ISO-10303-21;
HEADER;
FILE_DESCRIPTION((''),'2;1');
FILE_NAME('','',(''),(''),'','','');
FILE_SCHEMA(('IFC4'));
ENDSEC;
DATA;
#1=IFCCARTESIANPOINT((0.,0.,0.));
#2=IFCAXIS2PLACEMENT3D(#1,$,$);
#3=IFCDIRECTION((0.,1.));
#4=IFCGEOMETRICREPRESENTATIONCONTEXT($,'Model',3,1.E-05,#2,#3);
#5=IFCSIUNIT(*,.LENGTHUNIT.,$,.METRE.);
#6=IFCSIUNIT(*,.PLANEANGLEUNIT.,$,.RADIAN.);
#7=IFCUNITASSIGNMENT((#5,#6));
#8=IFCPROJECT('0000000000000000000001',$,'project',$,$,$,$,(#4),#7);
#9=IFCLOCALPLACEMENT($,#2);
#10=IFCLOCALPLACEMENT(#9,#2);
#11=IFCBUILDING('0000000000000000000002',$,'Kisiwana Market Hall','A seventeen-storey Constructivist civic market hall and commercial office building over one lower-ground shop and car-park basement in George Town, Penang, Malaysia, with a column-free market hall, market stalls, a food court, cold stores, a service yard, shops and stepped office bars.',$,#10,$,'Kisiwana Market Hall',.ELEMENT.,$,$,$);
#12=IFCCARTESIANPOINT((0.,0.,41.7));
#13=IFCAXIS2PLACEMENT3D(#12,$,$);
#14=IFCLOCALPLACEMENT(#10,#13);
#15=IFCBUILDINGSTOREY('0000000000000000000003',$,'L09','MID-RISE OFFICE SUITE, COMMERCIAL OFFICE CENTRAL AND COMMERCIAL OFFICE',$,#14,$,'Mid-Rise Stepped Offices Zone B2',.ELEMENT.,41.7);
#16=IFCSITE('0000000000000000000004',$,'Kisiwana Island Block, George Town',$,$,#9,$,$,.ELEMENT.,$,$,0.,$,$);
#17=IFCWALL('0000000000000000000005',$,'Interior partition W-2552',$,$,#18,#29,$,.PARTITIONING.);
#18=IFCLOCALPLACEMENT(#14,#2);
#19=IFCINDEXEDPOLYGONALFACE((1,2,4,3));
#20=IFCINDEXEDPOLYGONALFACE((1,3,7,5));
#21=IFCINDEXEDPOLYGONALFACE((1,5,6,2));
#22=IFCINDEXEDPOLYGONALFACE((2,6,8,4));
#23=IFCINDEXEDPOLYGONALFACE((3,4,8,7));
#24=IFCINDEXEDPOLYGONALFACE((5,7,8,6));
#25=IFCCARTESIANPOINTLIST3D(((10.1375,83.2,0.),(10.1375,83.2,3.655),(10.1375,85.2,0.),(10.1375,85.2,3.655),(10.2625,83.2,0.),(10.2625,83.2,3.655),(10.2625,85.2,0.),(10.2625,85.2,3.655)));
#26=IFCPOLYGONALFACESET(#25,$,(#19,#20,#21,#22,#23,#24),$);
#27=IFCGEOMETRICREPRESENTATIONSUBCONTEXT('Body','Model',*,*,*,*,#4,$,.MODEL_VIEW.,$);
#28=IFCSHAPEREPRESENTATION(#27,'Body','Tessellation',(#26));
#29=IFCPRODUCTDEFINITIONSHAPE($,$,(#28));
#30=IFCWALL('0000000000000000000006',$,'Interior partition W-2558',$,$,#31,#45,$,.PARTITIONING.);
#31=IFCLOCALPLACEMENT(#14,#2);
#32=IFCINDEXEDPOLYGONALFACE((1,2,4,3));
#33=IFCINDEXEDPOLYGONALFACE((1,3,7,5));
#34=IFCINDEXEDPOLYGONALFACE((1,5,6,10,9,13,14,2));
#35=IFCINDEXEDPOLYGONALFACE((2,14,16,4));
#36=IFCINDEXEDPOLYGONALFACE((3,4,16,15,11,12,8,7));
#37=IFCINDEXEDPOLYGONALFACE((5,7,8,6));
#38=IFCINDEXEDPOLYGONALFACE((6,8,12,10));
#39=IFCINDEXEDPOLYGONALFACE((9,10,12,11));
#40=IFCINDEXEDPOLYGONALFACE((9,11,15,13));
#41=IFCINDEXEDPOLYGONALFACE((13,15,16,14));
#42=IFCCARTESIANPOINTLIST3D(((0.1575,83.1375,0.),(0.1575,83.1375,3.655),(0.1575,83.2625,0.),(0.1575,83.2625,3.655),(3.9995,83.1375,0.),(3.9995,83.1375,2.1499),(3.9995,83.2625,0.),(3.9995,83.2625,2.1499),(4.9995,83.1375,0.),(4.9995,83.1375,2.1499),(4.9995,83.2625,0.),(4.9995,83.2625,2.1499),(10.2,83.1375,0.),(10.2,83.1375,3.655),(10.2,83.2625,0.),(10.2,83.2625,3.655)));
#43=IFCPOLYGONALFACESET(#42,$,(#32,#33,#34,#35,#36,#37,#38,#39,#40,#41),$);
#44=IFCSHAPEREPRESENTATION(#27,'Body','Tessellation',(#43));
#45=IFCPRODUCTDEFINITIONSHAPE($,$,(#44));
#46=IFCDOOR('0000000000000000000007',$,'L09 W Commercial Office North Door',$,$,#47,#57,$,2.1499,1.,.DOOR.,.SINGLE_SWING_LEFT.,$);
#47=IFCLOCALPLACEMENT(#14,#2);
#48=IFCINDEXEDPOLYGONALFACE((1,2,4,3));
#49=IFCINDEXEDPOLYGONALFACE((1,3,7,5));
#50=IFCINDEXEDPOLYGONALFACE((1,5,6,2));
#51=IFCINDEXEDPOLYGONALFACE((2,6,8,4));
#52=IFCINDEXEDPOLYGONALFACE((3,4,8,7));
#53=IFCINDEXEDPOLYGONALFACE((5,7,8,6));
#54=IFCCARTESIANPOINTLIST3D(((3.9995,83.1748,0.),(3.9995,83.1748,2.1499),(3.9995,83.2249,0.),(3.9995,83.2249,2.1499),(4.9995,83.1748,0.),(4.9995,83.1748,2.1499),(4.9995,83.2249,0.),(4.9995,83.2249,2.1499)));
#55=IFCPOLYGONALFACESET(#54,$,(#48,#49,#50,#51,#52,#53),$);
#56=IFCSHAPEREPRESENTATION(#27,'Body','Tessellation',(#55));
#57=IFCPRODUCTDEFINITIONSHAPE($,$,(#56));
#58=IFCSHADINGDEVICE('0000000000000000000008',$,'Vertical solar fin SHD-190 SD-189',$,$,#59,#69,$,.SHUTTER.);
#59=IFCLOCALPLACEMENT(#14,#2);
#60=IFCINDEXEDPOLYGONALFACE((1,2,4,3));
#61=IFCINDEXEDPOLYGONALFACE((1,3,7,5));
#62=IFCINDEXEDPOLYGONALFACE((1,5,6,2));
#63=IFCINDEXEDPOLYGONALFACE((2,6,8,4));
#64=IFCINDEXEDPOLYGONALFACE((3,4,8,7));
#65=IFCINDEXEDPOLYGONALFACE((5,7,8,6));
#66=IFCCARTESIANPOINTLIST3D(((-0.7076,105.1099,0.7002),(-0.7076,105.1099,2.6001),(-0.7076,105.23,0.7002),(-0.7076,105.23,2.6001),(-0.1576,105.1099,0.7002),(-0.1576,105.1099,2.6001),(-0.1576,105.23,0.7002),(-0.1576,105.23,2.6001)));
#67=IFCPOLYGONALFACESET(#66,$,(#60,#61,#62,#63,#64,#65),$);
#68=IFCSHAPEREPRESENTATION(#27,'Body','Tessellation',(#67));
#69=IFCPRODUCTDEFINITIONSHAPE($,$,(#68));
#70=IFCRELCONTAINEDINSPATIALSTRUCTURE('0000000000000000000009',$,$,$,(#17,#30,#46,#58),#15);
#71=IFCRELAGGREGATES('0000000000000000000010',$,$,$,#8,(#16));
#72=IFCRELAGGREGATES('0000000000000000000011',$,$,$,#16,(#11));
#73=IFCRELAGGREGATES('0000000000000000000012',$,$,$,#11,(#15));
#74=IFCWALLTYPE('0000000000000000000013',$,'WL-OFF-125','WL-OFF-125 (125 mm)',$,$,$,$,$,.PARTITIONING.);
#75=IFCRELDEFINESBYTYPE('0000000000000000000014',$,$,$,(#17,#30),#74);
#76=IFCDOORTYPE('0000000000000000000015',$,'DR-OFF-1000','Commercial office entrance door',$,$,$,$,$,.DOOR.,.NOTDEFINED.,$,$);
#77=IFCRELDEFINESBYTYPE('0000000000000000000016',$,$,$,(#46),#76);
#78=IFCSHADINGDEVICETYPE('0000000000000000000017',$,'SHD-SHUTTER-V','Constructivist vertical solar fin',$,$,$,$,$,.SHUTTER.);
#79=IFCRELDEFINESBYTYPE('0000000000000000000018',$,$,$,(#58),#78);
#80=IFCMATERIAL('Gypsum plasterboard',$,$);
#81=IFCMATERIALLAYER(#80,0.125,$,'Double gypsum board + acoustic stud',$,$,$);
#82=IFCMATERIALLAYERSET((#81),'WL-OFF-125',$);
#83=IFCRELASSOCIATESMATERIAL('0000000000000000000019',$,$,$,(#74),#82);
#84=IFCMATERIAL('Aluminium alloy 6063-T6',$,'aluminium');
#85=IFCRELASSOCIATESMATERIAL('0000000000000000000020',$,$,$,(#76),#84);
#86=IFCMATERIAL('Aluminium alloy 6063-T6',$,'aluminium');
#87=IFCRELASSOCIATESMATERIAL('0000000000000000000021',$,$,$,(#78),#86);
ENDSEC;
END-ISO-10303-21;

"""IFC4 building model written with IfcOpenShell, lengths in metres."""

from ifc_helpers import new_model, si_unit, direction, frame, frame_2d, origin, origin_2d, place, context, subcontext, project, spatial, rectangle, extrude, material, layer, layer_set, type_object, element, fill, save


model = new_model("IFC4")

# Units and contexts
model_context = context("Model", 3, precision=1e-05, world=origin(), true_north=direction((0.0, 1.0)))
body_context = subcontext(model_context, "Body", "Model", "MODEL_VIEW")
ifc_project = project(units=[si_unit("LENGTHUNIT", "METRE"), si_unit("PLANEANGLEUNIT", "RADIAN")], contexts=[model_context])

# Site, building, storey
site_placement = place(None, origin())
site = spatial("IfcSite", under=ifc_project, at=site_placement, Name="Kisiwana Island Block, George Town", CompositionType="ELEMENT", RefElevation=0.0)
building_placement = place(site_placement, origin())
building = spatial("IfcBuilding", under=site, at=building_placement, Name="Kisiwana Market Hall", Description="A seventeen-storey Constructivist civic market hall and commercial office building over one lower-ground shop and car-park basement in George Town, Penang, Malaysia, with a column-free market hall, market stalls, a food court, cold stores, a service yard, shops and stepped office bars.", LongName="Kisiwana Market Hall", CompositionType="ELEMENT")
storey_placement = place(building_placement, frame((0.0, 0.0, 41.7)))
storey = spatial("IfcBuildingStorey", under=building, at=storey_placement, Name="L09", Description="MID-RISE OFFICE SUITE, COMMERCIAL OFFICE CENTRAL AND COMMERCIAL OFFICE", LongName="Mid-Rise Stepped Offices Zone B2", CompositionType="ELEMENT", Elevation=41.7)

# Wall
ifc_material_1 = material(Name="Gypsum plasterboard")
ifc_layer_1 = layer(ifc_material_1, 0.125, Name="Double gypsum board + acoustic stud")
ifc_layer_set_1 = layer_set([ifc_layer_1], Name="WL-OFF-125")
wall_type_1 = type_object("IfcWallType", Name="WL-OFF-125", Description="WL-OFF-125 (125 mm)", PredefinedType="PARTITIONING", material=ifc_layer_set_1)
wall_1_placement = place(storey_placement, frame((10.2, 83.2, 0.0), z_axis=(0.0, 0.0, 1.0), x_axis=(0.0, 1.0, 0.0)))
element("IfcWall", 1, at=wall_1_placement, inside=storey, type_object=wall_type_1, Name="Interior partition W-2552", PredefinedType="PARTITIONING", context=body_context, shape_type="SweptSolid", body=[
    extrude(rectangle(XDim=2.0, YDim=0.125, at=frame_2d((1.0, 0.0))), origin(), (0.0, 0.0, 1.0), 3.655),
])

# Wall, opening, door
wall_2_placement = place(storey_placement, frame((0.1575, 83.2, 0.0), z_axis=(0.0, 0.0, 1.0), x_axis=(1.0, 0.0, 0.0)))
wall_2 = element("IfcWall", 2, at=wall_2_placement, inside=storey, type_object=wall_type_1, Name="Interior partition W-2558", PredefinedType="PARTITIONING", context=body_context, shape_type="SweptSolid", body=[
    extrude(rectangle(XDim=10.0425, YDim=0.125, at=frame_2d((5.0212, 0.0))), origin(), (0.0, 0.0, 1.0), 3.655),
])
opening_1_placement = place(wall_2_placement, frame((3.842, 0.0, 0.0)))
opening_1 = element("IfcOpeningElement", 3, at=opening_1_placement, cuts=wall_2, PredefinedType="OPENING", context=body_context, shape_type="SweptSolid", body=[
    extrude(rectangle(XDim=1.0, YDim=2.1499, at=frame_2d((0.5, 1.075))), frame((0.0, 0.0745, 0.0), z_axis=(0.0, -1.0, 0.0), x_axis=(1.0, 0.0, 0.0)), (0.0, 0.0, 1.0), 0.1489),
])
ifc_material_2 = material(Name="Aluminium alloy 6063-T6", Category="aluminium")
door_type_1 = type_object("IfcDoorType", Name="DR-OFF-1000", Description="Commercial office entrance door", OperationType="NOTDEFINED", PredefinedType="DOOR", material=ifc_material_2)
door_1_placement = place(opening_1_placement, origin())
door_1 = element("IfcDoor", 4, at=door_1_placement, inside=storey, type_object=door_type_1, Name="L09 W Commercial Office North Door", OperationType="SINGLE_SWING_LEFT", OverallHeight=2.1499, OverallWidth=1.0, PredefinedType="DOOR", context=body_context, shape_type="SweptSolid", body=[
    extrude(rectangle(XDim=1.0, YDim=2.1499, at=frame_2d((0.5, 1.075))), frame((0.0, 0.0249, 0.0), z_axis=(0.0, -1.0, 0.0), x_axis=(1.0, 0.0, 0.0)), (0.0, 0.0, 1.0), 0.05),
])
fill(opening_1, door_1)

# Shading device
ifc_material_3 = material(Name="Aluminium alloy 6063-T6", Category="aluminium")
shading_device_type = type_object("IfcShadingDeviceType", Name="SHD-SHUTTER-V", Description="Constructivist vertical solar fin", PredefinedType="SHUTTER", material=ifc_material_3)
shading_device_placement = place(storey_placement, frame((-0.4326, 105.1699, 0.7002), z_axis=(0.0, 0.0, 1.0), x_axis=(0.0, 1.0, 0.0)))
element("IfcShadingDevice", 5, at=shading_device_placement, inside=storey, type_object=shading_device_type, Name="Vertical solar fin SHD-190 SD-189", PredefinedType="SHUTTER", context=body_context, shape_type="SweptSolid", body=[
    extrude(rectangle(XDim=0.1201, YDim=0.55, at=origin_2d()), origin(), (0.0, 0.0, 1.0), 1.8999),
])

save(model, "model.ifc")
